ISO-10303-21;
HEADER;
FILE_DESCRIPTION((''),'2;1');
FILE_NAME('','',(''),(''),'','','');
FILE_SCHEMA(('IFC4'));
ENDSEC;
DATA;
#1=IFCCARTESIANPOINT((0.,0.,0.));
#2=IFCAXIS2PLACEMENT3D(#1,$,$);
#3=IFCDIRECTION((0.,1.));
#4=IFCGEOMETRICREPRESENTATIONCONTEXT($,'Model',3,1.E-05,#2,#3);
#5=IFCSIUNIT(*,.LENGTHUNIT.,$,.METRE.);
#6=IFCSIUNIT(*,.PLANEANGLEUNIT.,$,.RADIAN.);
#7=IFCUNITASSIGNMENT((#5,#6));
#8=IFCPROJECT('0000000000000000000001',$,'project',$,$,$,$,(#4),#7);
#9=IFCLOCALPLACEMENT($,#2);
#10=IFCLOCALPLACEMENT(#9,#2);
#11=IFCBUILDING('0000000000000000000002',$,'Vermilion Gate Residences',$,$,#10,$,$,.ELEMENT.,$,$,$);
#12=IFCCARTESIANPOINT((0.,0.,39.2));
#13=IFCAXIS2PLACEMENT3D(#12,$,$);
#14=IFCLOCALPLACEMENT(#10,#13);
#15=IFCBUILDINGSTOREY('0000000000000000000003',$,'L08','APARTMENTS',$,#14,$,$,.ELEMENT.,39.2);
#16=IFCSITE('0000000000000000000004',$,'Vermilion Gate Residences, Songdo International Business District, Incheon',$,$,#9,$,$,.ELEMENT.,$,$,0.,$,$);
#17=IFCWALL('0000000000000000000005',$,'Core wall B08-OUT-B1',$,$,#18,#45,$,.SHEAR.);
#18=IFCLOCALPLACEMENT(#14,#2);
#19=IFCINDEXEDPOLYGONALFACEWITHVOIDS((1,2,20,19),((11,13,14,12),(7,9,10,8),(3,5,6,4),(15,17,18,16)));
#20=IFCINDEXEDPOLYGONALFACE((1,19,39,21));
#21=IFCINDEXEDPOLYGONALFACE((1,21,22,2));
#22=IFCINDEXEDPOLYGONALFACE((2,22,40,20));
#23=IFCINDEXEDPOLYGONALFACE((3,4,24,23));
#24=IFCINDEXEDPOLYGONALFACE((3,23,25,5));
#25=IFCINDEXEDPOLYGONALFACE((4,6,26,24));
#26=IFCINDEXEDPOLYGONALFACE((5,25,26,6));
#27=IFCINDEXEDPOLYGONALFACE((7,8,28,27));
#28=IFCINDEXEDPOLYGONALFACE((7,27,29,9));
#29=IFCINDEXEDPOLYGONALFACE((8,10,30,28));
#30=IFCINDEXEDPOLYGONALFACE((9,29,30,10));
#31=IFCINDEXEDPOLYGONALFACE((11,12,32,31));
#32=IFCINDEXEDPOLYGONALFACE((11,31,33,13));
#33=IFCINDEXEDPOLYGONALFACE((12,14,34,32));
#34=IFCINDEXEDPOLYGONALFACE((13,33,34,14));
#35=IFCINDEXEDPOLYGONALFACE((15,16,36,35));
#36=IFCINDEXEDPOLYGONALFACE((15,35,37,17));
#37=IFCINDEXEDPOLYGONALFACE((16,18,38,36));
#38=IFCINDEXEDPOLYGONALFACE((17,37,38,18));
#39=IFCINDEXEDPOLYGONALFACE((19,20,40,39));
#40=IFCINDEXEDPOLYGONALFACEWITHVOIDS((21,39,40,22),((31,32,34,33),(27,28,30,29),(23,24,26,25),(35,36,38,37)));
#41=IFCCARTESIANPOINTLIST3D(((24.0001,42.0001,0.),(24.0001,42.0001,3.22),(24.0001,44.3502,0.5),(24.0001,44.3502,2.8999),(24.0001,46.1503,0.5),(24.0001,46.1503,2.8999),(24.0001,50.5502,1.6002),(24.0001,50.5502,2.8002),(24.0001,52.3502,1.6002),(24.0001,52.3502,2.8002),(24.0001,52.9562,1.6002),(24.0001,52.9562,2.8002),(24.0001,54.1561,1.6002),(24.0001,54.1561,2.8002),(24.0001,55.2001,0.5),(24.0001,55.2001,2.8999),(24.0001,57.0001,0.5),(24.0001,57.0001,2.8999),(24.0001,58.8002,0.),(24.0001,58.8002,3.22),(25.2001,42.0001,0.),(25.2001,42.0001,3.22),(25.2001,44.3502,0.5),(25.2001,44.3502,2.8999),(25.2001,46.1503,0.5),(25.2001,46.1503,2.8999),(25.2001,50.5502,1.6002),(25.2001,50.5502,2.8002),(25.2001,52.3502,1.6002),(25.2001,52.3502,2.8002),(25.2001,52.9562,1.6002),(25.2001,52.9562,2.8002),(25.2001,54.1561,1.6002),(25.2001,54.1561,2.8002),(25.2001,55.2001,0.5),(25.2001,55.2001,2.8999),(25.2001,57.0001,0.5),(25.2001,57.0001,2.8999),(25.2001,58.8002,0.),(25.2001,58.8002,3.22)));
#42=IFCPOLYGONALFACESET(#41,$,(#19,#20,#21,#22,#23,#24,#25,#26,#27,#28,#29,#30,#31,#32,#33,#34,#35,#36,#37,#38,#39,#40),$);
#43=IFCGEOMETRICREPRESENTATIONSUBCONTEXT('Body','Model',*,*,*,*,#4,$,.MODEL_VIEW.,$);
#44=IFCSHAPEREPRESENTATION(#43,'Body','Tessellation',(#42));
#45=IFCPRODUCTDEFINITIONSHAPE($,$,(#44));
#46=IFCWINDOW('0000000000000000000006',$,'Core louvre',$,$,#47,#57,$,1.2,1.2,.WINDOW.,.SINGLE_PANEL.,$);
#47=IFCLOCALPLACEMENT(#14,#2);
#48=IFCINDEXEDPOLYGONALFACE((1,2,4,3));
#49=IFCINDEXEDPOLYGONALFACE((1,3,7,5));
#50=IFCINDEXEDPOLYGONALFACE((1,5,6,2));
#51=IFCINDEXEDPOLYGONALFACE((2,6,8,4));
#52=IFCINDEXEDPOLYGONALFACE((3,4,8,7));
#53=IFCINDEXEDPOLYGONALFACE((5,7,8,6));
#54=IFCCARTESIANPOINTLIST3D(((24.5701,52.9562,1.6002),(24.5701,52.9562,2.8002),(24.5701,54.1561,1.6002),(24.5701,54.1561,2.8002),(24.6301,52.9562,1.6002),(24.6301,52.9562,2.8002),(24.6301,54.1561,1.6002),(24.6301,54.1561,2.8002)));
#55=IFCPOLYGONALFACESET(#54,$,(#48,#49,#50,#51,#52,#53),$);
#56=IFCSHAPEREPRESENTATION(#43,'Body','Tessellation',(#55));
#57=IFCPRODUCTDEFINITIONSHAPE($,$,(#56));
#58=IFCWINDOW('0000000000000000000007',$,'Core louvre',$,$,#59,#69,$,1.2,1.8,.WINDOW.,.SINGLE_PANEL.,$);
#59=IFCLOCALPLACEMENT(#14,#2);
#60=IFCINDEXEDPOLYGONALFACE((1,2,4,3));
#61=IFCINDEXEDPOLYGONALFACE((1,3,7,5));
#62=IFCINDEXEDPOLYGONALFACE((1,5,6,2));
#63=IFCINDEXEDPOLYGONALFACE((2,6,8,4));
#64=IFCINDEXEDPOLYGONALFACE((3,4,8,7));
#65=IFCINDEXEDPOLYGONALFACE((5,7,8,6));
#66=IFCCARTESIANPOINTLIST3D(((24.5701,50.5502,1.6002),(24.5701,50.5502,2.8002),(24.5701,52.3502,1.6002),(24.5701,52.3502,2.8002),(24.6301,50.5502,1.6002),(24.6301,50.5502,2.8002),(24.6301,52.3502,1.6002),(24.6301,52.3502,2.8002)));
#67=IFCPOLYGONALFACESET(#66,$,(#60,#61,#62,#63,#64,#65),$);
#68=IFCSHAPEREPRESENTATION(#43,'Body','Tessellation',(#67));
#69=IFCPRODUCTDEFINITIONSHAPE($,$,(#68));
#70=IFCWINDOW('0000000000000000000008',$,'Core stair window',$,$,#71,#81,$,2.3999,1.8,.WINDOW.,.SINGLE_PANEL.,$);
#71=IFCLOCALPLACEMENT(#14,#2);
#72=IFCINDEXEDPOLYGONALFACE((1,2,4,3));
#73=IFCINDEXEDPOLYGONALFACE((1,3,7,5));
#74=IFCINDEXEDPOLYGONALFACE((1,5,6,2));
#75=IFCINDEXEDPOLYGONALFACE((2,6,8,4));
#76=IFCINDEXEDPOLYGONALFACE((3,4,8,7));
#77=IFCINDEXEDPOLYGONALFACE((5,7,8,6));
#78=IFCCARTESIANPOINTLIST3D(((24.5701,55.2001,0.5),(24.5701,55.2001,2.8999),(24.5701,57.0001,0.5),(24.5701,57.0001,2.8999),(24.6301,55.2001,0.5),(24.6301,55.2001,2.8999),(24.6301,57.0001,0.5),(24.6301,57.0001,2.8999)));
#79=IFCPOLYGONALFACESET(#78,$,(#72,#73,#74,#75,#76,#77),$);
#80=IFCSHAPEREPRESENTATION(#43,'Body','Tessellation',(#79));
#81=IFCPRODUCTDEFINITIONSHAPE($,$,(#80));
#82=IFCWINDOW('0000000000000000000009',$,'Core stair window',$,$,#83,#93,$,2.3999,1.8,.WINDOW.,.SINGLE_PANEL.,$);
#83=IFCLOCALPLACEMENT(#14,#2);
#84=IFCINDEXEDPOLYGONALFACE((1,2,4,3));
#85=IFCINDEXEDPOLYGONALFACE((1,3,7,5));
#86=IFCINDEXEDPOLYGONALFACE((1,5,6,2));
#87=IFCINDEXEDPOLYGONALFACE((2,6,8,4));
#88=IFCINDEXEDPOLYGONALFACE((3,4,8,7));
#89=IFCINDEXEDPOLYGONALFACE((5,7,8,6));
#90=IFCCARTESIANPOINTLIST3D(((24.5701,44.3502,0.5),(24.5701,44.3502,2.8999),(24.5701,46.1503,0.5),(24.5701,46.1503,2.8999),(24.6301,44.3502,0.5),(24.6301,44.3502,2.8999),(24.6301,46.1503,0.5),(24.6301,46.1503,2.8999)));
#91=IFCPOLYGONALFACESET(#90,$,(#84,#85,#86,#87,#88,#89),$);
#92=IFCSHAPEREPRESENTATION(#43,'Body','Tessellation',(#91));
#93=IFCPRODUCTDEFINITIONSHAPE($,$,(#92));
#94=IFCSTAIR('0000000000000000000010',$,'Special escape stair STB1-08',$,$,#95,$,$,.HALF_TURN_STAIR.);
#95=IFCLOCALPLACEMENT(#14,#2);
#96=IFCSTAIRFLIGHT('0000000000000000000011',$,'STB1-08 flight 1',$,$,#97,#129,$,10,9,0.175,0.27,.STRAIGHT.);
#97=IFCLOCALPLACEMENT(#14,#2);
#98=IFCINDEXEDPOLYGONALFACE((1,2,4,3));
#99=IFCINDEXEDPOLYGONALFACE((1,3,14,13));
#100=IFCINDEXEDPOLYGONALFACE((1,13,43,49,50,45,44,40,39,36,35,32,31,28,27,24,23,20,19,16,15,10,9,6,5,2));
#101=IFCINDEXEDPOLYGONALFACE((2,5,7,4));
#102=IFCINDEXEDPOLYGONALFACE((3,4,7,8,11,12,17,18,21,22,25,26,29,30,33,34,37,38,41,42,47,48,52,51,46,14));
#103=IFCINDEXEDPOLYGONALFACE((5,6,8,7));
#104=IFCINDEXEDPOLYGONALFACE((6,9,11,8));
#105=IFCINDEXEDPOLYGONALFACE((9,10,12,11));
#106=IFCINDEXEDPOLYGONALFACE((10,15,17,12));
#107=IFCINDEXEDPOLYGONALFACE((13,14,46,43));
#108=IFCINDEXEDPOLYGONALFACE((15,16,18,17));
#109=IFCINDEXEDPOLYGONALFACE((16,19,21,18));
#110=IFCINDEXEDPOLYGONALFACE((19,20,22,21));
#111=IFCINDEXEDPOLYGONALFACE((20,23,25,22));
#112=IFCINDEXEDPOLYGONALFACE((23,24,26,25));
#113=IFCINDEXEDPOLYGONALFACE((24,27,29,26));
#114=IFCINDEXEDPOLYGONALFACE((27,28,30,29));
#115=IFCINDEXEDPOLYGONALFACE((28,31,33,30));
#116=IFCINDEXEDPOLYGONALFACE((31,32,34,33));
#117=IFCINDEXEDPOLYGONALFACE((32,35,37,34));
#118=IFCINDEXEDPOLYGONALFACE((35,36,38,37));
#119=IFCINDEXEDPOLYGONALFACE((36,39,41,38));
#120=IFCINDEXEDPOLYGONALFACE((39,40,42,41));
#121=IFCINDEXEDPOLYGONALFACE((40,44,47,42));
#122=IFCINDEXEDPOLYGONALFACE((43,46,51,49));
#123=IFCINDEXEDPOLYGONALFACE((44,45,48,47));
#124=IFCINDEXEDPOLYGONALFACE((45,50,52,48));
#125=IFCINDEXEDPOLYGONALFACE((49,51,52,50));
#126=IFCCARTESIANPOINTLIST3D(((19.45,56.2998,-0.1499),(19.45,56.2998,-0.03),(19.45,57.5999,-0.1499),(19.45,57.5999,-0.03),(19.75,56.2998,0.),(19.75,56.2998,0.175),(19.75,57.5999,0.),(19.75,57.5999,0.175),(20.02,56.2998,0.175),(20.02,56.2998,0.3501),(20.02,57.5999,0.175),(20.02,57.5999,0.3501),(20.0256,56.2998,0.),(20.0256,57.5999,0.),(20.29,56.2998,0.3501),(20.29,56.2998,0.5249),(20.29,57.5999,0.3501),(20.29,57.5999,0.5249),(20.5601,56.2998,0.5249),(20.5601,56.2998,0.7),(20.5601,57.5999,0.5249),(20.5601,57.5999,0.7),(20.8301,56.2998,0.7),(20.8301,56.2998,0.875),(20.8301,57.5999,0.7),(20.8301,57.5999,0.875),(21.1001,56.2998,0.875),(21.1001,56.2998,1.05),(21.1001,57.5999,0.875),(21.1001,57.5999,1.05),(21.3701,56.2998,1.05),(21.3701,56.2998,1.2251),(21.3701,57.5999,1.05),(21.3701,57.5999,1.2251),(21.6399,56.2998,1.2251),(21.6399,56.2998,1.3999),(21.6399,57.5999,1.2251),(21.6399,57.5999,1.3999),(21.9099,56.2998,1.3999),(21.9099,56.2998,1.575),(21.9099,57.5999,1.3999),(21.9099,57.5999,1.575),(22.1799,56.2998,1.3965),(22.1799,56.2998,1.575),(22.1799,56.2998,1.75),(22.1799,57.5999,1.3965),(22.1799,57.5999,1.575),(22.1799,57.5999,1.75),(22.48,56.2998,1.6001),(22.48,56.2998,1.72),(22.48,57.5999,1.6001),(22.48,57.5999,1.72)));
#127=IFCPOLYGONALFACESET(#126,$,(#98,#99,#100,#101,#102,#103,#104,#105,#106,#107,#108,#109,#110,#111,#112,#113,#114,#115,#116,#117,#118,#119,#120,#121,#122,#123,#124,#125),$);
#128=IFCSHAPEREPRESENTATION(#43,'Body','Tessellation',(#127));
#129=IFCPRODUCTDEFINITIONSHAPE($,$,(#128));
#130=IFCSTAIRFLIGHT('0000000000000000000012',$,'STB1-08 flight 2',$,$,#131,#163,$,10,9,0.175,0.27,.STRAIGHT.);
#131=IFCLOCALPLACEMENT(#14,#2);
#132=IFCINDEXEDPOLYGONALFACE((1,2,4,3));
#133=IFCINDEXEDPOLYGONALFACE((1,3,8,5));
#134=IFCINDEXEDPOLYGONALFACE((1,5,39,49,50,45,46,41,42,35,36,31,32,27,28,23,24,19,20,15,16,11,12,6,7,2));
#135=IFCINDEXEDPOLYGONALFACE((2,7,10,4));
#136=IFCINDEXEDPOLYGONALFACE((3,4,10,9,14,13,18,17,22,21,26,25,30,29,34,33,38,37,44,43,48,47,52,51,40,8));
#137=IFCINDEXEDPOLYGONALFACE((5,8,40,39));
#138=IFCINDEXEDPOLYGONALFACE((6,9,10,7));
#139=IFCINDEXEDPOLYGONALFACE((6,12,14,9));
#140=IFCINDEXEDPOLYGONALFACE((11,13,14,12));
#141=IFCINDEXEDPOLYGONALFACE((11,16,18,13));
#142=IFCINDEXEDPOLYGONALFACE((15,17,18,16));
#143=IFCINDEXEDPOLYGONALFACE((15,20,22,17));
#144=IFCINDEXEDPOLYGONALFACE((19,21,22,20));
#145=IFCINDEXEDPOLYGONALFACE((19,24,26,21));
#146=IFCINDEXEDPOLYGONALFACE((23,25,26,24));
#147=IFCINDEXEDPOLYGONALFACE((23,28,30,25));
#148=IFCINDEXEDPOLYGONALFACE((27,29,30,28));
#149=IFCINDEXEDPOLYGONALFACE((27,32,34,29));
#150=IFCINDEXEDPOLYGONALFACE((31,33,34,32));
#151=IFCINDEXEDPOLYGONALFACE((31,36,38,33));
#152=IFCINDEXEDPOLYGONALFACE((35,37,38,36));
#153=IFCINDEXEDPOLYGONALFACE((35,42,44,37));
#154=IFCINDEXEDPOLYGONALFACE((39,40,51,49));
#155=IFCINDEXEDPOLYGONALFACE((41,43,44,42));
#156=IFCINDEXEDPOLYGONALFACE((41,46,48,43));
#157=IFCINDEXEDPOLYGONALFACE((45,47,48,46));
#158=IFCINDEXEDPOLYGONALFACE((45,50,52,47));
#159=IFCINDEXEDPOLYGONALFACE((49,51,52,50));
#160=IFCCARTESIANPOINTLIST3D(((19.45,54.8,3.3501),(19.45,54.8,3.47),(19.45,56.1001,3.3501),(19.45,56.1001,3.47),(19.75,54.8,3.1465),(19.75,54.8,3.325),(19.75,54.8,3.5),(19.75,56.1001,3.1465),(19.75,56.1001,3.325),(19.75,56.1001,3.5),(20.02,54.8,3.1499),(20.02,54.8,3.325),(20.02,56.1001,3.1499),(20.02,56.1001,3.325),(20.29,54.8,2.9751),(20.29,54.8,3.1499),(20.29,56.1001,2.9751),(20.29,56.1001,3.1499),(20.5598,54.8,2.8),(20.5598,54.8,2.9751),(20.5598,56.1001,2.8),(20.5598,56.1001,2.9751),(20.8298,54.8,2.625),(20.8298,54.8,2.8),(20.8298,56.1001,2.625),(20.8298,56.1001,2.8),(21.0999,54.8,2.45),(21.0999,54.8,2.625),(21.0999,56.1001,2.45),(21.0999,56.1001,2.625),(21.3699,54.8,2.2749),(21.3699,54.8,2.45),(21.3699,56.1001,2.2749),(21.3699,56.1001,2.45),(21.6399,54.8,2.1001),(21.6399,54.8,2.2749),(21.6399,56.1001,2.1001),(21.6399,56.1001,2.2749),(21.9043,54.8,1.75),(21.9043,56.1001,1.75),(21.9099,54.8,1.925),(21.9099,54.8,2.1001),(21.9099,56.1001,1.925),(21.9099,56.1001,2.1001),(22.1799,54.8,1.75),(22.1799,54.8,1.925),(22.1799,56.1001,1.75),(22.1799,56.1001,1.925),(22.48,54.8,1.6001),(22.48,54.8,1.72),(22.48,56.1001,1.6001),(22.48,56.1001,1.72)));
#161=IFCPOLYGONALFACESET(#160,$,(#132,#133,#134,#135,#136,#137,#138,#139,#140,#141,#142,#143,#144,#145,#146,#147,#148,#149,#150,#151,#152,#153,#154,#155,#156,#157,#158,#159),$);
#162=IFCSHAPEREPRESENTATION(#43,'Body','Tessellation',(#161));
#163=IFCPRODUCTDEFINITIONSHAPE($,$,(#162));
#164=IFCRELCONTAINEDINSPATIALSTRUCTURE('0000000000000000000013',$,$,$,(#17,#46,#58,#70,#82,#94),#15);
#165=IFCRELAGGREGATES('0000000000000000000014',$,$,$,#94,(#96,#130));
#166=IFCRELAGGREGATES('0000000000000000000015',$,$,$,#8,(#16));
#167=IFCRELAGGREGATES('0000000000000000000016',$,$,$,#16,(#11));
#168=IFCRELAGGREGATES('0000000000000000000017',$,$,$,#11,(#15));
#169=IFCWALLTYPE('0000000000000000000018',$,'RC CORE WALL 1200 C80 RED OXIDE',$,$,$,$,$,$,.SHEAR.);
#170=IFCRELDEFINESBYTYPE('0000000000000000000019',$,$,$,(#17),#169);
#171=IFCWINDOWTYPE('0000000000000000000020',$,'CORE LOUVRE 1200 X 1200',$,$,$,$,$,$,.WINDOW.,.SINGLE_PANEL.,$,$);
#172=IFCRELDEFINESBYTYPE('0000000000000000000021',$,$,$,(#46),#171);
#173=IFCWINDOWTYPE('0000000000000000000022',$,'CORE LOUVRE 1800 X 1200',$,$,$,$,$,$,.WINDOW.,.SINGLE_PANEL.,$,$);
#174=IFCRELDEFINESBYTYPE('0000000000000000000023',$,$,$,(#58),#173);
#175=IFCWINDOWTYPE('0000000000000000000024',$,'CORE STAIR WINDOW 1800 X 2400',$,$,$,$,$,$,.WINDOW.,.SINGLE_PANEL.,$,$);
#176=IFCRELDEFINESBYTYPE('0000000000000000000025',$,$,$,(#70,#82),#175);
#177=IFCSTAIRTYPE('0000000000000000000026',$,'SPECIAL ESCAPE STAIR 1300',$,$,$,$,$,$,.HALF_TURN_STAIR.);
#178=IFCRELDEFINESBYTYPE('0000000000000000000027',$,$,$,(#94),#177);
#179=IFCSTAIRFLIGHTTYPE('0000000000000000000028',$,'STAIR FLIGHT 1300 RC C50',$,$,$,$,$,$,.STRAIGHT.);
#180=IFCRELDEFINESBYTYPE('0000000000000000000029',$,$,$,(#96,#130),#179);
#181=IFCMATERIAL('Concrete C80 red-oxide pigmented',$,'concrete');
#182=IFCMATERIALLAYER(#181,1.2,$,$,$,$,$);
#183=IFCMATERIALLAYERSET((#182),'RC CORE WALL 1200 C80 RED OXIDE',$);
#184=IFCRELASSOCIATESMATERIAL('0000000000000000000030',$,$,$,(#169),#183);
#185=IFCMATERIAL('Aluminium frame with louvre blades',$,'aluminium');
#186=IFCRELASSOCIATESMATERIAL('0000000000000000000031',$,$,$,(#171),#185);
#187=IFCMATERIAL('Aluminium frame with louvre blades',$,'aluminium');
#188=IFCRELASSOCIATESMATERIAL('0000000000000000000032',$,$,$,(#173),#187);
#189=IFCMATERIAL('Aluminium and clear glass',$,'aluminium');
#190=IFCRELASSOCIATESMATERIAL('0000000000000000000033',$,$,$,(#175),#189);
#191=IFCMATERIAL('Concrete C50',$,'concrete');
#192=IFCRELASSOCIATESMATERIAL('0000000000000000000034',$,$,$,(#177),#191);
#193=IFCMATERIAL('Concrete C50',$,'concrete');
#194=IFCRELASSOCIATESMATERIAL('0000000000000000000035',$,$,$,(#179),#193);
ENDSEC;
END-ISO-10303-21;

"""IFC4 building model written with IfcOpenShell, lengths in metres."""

from ifc_helpers import new_model, si_unit, direction, frame, frame_2d, origin, place, context, subcontext, project, spatial, polyline, rectangle, outline, extrude, material, layer, layer_set, type_object, element, fill, aggregate, save


model = new_model("IFC4")

# Units and contexts
model_context = context("Model", 3, precision=1e-05, world=origin(), true_north=direction((0.0, 1.0)))
body_context = subcontext(model_context, "Body", "Model", "MODEL_VIEW")
ifc_project = project(units=[si_unit("LENGTHUNIT", "METRE"), si_unit("PLANEANGLEUNIT", "RADIAN")], contexts=[model_context])

# Site, building, storey
site_placement = place(None, origin())
site = spatial("IfcSite", under=ifc_project, at=site_placement, Name="Vermilion Gate Residences, Songdo International Business District, Incheon", CompositionType="ELEMENT", RefElevation=0.0)
building_placement = place(site_placement, origin())
building = spatial("IfcBuilding", under=site, at=building_placement, Name="Vermilion Gate Residences", CompositionType="ELEMENT")
storey_placement = place(building_placement, frame((0.0, 0.0, 39.2)))
storey = spatial("IfcBuildingStorey", under=building, at=storey_placement, Name="L08", Description="APARTMENTS", CompositionType="ELEMENT", Elevation=39.2)

# Wall, openings, windows
ifc_material_1 = material(Name="Concrete C80 red-oxide pigmented", Category="concrete")
ifc_layer_1 = layer(ifc_material_1, 1.2)
ifc_layer_set_1 = layer_set([ifc_layer_1], Name="RC CORE WALL 1200 C80 RED OXIDE")
wall_type_1 = type_object("IfcWallType", Name="RC CORE WALL 1200 C80 RED OXIDE", PredefinedType="SHEAR", material=ifc_layer_set_1)
wall_1_placement = place(storey_placement, frame((24.6001, 58.8, 0.0), z_axis=(0.0, 0.0, 1.0), x_axis=(0.0, -1.0, 0.0)))
wall_1 = element("IfcWall", 1, at=wall_1_placement, inside=storey, type_object=wall_type_1, Name="Core wall B08-OUT-B1", PredefinedType="SHEAR", context=body_context, shape_type="SweptSolid", body=[
    extrude(rectangle(XDim=16.8, YDim=1.2, at=frame_2d((8.3999, 0.0))), origin(), (0.0, 0.0, 1.0), 3.22),
])
opening_1_placement = place(wall_1_placement, frame((1.8, 0.0, 0.5)))
opening_1 = element("IfcOpeningElement", 2, at=opening_1_placement, cuts=wall_1, PredefinedType="OPENING", context=body_context, shape_type="SweptSolid", body=[
    extrude(rectangle(XDim=1.8, YDim=2.3999, at=frame_2d((0.8999, 1.2))), frame((0.0, 0.6099, 0.0), z_axis=(0.0, -1.0, 0.0), x_axis=(1.0, 0.0, 0.0)), (0.0, 0.0, 1.0), 1.22),
])
opening_2_placement = place(wall_1_placement, frame((4.6438, 0.0, 1.6001)))
opening_2 = element("IfcOpeningElement", 3, at=opening_2_placement, cuts=wall_1, PredefinedType="OPENING", context=body_context, shape_type="SweptSolid", body=[
    extrude(rectangle(XDim=1.2, YDim=1.2, at=frame_2d((0.6001, 0.6001))), frame((0.0, 0.6099, 0.0), z_axis=(0.0, -1.0, 0.0), x_axis=(1.0, 0.0, 0.0)), (0.0, 0.0, 1.0), 1.22),
])
opening_3_placement = place(wall_1_placement, frame((6.45, 0.0, 1.6001)))
opening_3 = element("IfcOpeningElement", 4, at=opening_3_placement, cuts=wall_1, PredefinedType="OPENING", context=body_context, shape_type="SweptSolid", body=[
    extrude(rectangle(XDim=1.8, YDim=1.2, at=frame_2d((0.8999, 0.6001))), frame((0.0, 0.6099, 0.0), z_axis=(0.0, -1.0, 0.0), x_axis=(1.0, 0.0, 0.0)), (0.0, 0.0, 1.0), 1.22),
])
opening_4_placement = place(wall_1_placement, frame((12.6499, 0.0, 0.5)))
opening_4 = element("IfcOpeningElement", 5, at=opening_4_placement, cuts=wall_1, PredefinedType="OPENING", context=body_context, shape_type="SweptSolid", body=[
    extrude(rectangle(XDim=1.8, YDim=2.3999, at=frame_2d((0.8999, 1.2))), frame((0.0, 0.6099, 0.0), z_axis=(0.0, -1.0, 0.0), x_axis=(1.0, 0.0, 0.0)), (0.0, 0.0, 1.0), 1.22),
])
ifc_material_2 = material(Name="Aluminium frame with louvre blades", Category="aluminium")
window_type_1 = type_object("IfcWindowType", Name="CORE LOUVRE 1200 X 1200", PartitioningType="SINGLE_PANEL", PredefinedType="WINDOW", material=ifc_material_2)
window_1_placement = place(opening_2_placement, origin())
window_1 = element("IfcWindow", 6, at=window_1_placement, inside=storey, type_object=window_type_1, Name="Core louvre", OverallHeight=1.2, OverallWidth=1.2, PartitioningType="SINGLE_PANEL", PredefinedType="WINDOW", context=body_context, shape_type="SweptSolid", body=[
    extrude(rectangle(XDim=1.2, YDim=1.2, at=frame_2d((0.6001, 0.6001))), frame((0.0, 0.03, 0.0), z_axis=(0.0, -1.0, 0.0), x_axis=(1.0, 0.0, 0.0)), (0.0, 0.0, 1.0), 0.0601),
])
fill(opening_2, window_1)
ifc_material_3 = material(Name="Aluminium frame with louvre blades", Category="aluminium")
window_type_2 = type_object("IfcWindowType", Name="CORE LOUVRE 1800 X 1200", PartitioningType="SINGLE_PANEL", PredefinedType="WINDOW", material=ifc_material_3)
window_2_placement = place(opening_3_placement, origin())
window_2 = element("IfcWindow", 7, at=window_2_placement, inside=storey, type_object=window_type_2, Name="Core louvre", OverallHeight=1.2, OverallWidth=1.8, PartitioningType="SINGLE_PANEL", PredefinedType="WINDOW", context=body_context, shape_type="SweptSolid", body=[
    extrude(rectangle(XDim=1.8, YDim=1.2, at=frame_2d((0.8999, 0.6001))), frame((0.0, 0.03, 0.0), z_axis=(0.0, -1.0, 0.0), x_axis=(1.0, 0.0, 0.0)), (0.0, 0.0, 1.0), 0.0601),
])
fill(opening_3, window_2)
ifc_material_4 = material(Name="Aluminium and clear glass", Category="aluminium")
window_type_3 = type_object("IfcWindowType", Name="CORE STAIR WINDOW 1800 X 2400", PartitioningType="SINGLE_PANEL", PredefinedType="WINDOW", material=ifc_material_4)
window_3_placement = place(opening_1_placement, origin())
window_3 = element("IfcWindow", 8, at=window_3_placement, inside=storey, type_object=window_type_3, Name="Core stair window", OverallHeight=2.3999, OverallWidth=1.8, PartitioningType="SINGLE_PANEL", PredefinedType="WINDOW", context=body_context, shape_type="SweptSolid", body=[
    extrude(rectangle(XDim=1.8, YDim=2.3999, at=frame_2d((0.8999, 1.2))), frame((0.0, 0.03, 0.0), z_axis=(0.0, -1.0, 0.0), x_axis=(1.0, 0.0, 0.0)), (0.0, 0.0, 1.0), 0.0601),
])
fill(opening_1, window_3)
window_4_placement = place(opening_4_placement, origin())
window_4 = element("IfcWindow", 9, at=window_4_placement, inside=storey, type_object=window_type_3, Name="Core stair window", OverallHeight=2.3999, OverallWidth=1.8, PartitioningType="SINGLE_PANEL", PredefinedType="WINDOW", context=body_context, shape_type="SweptSolid", body=[
    extrude(rectangle(XDim=1.8, YDim=2.3999, at=frame_2d((0.8999, 1.2))), frame((0.0, 0.03, 0.0), z_axis=(0.0, -1.0, 0.0), x_axis=(1.0, 0.0, 0.0)), (0.0, 0.0, 1.0), 0.0601),
])
fill(opening_4, window_4)

# Stair, stair flights
ifc_material_5 = material(Name="Concrete C50", Category="concrete")
stair_type = type_object("IfcStairType", Name="SPECIAL ESCAPE STAIR 1300", PredefinedType="HALF_TURN_STAIR", material=ifc_material_5)
stair_placement = place(storey_placement, origin())
stair = element("IfcStair", 10, at=stair_placement, inside=storey, type_object=stair_type, Name="Special escape stair STB1-08", PredefinedType="HALF_TURN_STAIR")
ifc_material_6 = material(Name="Concrete C50", Category="concrete")
stair_flight_type = type_object("IfcStairFlightType", Name="STAIR FLIGHT 1300 RC C50", PredefinedType="STRAIGHT", material=ifc_material_6)
stair_flight_1_placement = place(storey_placement, frame((19.75, 56.95, 0.0), z_axis=(0.0, 0.0, 1.0), x_axis=(1.0, 0.0, 0.0)))
stair_flight_1 = element("IfcStairFlight", 11, at=stair_flight_1_placement, type_object=stair_flight_type, Name="STB1-08 flight 1", NumberOfRisers=10, NumberOfTreads=9, PredefinedType="STRAIGHT", RiserHeight=0.175, TreadLength=0.27, context=body_context, shape_type="SweptSolid", body=[
    extrude(outline(polyline([(-0.3, -0.1499), (-0.3, -0.03), (0.0, 0.0), (0.0, 0.175), (0.27, 0.175), (0.27, 0.3501), (0.54, 0.3501), (0.54, 0.5249), (0.8101, 0.5249), (0.8101, 0.7), (1.0801, 0.7), (1.0801, 0.875), (1.3501, 0.875), (1.3501, 1.05), (1.6201, 1.05), (1.6201, 1.2251), (1.8899, 1.2251), (1.8899, 1.3999), (2.1599, 1.3999), (2.1599, 1.575), (2.4299, 1.575), (2.4299, 1.75), (2.73, 1.72), (2.73, 1.6001), (2.4299, 1.3965), (0.2756, 0.0), (-0.3, -0.1499)])), frame((0.0, 0.6499, 0.0), z_axis=(0.0, -1.0, 0.0), x_axis=(1.0, 0.0, 0.0)), (0.0, 0.0, 1.0), 1.3),
])
stair_flight_2_placement = place(storey_placement, frame((22.1799, 55.45, 1.75), z_axis=(0.0, 0.0, 1.0), x_axis=(-1.0, 0.0, 0.0)))
stair_flight_2 = element("IfcStairFlight", 12, at=stair_flight_2_placement, type_object=stair_flight_type, Name="STB1-08 flight 2", NumberOfRisers=10, NumberOfTreads=9, PredefinedType="STRAIGHT", RiserHeight=0.175, TreadLength=0.27, context=body_context, shape_type="SweptSolid", body=[
    extrude(outline(polyline([(-0.3, -0.1499), (-0.3, -0.03), (0.0, 0.0), (0.0, 0.175), (0.27, 0.175), (0.27, 0.3501), (0.54, 0.3501), (0.54, 0.5249), (0.8101, 0.5249), (0.8101, 0.7), (1.0801, 0.7), (1.0801, 0.875), (1.3501, 0.875), (1.3501, 1.05), (1.6201, 1.05), (1.6201, 1.2251), (1.8899, 1.2251), (1.8899, 1.3999), (2.1599, 1.3999), (2.1599, 1.575), (2.4299, 1.575), (2.4299, 1.75), (2.73, 1.72), (2.73, 1.6001), (2.4299, 1.3965), (0.2756, 0.0), (-0.3, -0.1499)])), frame((0.0, 0.6499, 0.0), z_axis=(0.0, -1.0, 0.0), x_axis=(1.0, 0.0, 0.0)), (0.0, 0.0, 1.0), 1.3),
])
aggregate(stair, [stair_flight_1, stair_flight_2])

save(model, "model.ifc")
